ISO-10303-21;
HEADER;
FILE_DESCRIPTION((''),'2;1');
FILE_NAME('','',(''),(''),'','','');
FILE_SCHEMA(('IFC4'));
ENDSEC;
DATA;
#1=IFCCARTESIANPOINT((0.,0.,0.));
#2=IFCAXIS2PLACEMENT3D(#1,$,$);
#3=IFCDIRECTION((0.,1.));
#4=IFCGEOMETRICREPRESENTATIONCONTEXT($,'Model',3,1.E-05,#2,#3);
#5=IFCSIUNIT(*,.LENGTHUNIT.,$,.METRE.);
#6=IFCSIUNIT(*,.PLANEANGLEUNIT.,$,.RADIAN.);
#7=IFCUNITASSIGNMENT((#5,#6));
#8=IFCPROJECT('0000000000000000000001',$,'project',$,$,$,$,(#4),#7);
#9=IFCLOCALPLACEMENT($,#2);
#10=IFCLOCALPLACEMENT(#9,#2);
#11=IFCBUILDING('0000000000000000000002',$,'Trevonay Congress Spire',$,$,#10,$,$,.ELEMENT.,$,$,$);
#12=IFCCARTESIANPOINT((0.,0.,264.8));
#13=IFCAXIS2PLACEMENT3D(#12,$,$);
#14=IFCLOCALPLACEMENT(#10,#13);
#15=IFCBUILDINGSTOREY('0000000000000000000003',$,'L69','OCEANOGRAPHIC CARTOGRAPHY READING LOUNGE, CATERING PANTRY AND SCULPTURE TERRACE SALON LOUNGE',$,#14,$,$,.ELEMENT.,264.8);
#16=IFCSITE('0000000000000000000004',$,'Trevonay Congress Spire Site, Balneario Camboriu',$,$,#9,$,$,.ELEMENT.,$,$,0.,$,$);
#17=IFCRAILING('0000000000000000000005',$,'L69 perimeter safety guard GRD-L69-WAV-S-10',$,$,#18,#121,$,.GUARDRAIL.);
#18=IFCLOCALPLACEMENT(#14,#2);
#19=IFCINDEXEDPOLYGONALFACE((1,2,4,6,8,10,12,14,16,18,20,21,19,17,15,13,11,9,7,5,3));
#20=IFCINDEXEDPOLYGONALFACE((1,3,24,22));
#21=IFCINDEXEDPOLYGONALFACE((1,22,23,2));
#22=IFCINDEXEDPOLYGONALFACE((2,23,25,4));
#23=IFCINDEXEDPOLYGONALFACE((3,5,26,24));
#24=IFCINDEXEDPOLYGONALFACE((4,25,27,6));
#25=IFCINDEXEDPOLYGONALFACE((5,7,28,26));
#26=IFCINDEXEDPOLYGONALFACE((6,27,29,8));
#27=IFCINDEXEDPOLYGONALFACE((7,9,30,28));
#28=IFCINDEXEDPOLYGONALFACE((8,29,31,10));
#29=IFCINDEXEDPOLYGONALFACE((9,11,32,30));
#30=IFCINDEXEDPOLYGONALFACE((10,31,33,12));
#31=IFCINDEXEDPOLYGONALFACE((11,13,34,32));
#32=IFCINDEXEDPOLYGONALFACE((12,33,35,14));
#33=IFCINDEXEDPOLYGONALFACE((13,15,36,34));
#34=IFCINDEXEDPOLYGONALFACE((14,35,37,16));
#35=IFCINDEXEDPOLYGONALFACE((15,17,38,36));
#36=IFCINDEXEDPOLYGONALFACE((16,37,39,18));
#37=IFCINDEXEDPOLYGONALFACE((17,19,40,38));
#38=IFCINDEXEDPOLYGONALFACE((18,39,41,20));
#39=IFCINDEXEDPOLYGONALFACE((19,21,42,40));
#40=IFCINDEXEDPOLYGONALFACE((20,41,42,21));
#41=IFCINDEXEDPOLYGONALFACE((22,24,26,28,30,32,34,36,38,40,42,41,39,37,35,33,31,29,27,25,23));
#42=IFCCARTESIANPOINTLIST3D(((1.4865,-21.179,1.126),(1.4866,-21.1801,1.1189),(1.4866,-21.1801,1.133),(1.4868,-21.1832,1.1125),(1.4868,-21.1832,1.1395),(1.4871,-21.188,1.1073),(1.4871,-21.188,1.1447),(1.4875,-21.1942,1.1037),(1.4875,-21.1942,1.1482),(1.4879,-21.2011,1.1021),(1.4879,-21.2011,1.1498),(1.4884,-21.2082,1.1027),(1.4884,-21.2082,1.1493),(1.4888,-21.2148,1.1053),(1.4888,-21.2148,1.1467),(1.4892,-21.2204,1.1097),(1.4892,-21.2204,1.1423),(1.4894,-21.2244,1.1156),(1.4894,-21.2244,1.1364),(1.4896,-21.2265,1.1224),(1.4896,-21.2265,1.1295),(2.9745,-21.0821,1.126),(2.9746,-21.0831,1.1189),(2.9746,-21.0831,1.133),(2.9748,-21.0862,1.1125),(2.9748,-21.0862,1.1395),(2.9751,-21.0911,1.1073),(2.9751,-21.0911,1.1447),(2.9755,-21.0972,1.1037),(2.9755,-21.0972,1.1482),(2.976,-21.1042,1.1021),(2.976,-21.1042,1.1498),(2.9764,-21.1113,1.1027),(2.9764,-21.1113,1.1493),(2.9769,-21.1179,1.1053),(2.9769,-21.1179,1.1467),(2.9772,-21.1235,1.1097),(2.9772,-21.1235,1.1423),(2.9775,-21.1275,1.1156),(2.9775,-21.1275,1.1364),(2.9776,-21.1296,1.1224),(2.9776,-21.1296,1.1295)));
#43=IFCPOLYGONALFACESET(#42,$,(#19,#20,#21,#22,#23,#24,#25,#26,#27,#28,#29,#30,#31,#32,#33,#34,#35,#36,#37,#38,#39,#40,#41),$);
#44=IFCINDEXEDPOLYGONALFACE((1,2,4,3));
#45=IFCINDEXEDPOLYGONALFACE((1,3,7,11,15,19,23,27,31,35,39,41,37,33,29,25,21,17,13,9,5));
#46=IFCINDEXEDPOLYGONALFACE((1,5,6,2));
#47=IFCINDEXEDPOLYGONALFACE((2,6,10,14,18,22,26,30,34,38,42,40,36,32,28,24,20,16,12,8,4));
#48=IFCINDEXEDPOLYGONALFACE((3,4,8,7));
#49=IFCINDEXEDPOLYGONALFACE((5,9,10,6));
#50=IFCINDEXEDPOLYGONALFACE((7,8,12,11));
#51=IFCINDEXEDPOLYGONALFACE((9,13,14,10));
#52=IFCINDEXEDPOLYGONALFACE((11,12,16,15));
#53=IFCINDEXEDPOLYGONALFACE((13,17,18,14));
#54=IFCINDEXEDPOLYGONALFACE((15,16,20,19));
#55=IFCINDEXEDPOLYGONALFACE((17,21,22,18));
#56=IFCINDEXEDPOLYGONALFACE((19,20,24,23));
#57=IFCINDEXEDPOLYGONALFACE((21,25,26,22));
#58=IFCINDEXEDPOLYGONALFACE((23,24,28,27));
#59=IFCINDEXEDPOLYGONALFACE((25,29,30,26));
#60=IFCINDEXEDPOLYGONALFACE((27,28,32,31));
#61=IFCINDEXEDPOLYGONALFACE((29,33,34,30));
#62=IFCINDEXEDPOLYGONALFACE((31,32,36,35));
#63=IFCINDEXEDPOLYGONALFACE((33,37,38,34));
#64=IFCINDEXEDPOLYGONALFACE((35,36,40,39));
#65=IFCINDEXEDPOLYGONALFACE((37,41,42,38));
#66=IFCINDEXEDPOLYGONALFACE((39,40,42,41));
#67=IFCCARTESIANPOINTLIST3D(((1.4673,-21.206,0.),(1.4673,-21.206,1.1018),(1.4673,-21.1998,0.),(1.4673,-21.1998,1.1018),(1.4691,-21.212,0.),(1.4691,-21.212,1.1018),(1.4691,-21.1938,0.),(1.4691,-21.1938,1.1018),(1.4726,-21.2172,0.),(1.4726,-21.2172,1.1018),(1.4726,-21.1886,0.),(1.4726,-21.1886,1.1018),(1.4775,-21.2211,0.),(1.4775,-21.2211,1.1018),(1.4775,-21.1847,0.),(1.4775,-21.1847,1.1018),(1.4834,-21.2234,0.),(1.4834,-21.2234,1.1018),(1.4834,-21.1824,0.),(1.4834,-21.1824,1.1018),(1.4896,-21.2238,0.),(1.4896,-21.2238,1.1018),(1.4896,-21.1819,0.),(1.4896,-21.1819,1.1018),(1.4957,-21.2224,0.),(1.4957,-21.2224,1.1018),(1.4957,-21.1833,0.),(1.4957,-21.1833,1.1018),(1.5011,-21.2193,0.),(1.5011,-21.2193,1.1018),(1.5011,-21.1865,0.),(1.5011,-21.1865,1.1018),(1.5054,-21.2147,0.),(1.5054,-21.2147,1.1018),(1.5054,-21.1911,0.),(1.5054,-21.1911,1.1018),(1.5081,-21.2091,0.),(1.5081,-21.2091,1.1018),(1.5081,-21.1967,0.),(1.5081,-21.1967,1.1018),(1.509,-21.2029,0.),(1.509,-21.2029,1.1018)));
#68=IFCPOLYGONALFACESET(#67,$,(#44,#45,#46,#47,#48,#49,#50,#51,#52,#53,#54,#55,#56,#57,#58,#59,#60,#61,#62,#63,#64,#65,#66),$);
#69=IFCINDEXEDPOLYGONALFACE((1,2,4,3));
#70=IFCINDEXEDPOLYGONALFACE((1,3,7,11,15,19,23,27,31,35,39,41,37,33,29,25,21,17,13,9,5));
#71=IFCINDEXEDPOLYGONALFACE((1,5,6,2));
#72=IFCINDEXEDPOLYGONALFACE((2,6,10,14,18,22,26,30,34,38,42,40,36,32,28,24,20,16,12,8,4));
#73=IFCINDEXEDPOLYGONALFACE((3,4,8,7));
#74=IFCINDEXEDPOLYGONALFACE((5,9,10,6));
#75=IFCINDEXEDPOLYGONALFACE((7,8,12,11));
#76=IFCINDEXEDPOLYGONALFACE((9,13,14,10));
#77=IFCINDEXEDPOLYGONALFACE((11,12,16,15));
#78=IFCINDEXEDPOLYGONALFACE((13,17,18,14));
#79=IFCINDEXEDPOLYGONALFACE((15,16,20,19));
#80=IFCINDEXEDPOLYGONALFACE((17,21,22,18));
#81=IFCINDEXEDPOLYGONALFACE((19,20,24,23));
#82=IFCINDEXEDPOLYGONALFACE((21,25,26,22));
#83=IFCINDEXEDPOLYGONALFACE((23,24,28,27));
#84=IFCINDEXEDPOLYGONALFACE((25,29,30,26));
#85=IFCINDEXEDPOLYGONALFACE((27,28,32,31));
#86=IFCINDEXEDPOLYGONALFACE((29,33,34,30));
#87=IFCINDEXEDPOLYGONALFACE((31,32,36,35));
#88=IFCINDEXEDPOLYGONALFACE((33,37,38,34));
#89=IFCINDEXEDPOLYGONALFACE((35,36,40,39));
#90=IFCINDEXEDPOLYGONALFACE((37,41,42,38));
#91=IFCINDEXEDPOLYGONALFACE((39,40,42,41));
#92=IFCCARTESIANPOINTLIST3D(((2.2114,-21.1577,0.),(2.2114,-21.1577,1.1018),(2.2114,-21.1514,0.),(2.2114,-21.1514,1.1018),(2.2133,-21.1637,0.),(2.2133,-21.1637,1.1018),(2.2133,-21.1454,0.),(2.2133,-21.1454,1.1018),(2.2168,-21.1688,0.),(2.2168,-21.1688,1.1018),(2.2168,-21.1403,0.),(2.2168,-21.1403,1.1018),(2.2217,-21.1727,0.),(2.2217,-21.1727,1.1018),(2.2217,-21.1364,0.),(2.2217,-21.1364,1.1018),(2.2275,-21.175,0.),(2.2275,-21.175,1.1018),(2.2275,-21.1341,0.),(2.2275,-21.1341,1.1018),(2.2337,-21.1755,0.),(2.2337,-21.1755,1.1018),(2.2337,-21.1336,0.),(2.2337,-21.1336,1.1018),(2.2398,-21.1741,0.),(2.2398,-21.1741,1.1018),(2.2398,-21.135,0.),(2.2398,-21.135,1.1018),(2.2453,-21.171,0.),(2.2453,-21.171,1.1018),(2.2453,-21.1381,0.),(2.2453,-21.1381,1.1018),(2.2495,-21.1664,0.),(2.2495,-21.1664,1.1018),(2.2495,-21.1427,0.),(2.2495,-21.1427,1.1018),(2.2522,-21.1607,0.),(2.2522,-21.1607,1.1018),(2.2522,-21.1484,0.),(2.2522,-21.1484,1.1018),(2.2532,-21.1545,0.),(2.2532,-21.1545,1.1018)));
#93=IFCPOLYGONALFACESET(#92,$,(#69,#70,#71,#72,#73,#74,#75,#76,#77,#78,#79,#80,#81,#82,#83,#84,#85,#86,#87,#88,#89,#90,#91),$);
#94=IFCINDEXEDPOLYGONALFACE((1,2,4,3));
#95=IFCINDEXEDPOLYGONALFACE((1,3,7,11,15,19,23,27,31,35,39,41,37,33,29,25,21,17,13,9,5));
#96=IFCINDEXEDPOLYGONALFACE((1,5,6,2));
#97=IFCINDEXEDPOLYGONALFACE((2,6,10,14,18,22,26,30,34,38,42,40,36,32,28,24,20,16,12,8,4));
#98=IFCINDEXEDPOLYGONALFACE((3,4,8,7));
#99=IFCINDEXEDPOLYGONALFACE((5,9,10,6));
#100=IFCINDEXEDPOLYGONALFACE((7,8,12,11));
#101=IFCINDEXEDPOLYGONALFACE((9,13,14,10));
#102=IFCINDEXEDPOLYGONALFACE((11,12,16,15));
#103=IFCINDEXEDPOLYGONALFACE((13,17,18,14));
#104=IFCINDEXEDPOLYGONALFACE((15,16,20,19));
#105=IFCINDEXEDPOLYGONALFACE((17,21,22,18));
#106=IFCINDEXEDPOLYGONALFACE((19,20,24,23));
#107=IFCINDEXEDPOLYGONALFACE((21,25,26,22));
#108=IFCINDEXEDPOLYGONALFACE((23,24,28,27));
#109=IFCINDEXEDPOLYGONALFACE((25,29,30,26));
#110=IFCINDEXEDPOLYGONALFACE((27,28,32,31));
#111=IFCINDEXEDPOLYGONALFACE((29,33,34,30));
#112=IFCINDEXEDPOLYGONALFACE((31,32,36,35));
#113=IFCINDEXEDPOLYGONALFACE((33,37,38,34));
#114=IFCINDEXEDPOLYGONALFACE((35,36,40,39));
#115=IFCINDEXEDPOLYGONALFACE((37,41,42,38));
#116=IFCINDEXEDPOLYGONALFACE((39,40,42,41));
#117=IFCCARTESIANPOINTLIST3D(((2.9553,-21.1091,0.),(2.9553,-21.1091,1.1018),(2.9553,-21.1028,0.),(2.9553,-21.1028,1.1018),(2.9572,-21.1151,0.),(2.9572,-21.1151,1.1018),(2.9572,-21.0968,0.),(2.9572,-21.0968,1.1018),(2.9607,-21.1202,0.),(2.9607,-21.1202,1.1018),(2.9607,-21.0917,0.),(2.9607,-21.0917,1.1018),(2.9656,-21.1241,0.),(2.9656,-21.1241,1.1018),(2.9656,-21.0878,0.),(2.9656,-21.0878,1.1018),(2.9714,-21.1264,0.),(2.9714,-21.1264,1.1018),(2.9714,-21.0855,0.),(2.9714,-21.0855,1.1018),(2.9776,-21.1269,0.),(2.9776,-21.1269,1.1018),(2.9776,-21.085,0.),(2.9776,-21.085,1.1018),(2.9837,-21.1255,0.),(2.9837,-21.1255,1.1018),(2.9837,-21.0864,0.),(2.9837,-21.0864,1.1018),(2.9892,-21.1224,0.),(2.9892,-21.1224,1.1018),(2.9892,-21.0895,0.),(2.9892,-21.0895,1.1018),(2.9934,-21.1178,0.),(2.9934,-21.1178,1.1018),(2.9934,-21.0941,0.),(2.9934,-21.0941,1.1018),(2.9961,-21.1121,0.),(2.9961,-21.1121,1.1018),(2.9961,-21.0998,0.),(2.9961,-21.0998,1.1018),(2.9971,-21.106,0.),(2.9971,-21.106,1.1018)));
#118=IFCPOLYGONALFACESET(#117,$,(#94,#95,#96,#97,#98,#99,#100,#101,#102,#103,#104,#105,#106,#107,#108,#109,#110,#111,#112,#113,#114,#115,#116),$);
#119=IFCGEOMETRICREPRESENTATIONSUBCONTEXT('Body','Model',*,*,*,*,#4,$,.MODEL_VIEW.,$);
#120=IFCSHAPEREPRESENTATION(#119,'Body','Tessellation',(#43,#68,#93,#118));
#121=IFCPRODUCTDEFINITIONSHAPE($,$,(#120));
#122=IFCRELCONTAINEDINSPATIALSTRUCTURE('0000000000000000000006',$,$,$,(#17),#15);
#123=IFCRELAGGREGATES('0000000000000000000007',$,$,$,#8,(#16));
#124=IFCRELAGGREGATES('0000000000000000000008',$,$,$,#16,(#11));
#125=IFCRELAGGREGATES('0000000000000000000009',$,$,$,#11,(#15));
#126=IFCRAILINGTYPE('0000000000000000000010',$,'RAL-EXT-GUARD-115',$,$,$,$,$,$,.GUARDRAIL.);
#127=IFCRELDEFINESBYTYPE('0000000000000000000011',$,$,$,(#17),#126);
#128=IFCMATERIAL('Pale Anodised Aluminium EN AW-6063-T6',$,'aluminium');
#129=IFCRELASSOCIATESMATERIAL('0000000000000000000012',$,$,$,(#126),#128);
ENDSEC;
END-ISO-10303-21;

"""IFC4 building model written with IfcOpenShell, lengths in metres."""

from ifc_helpers import new_model, si_unit, direction, frame, origin, origin_2d, place, context, subcontext, project, spatial, circle, extrude, material, type_object, element, save


model = new_model("IFC4")

# Units and contexts
model_context = context("Model", 3, precision=1e-05, world=origin(), true_north=direction((0.0, 1.0)))
body_context = subcontext(model_context, "Body", "Model", "MODEL_VIEW")
ifc_project = project(units=[si_unit("LENGTHUNIT", "METRE"), si_unit("PLANEANGLEUNIT", "RADIAN")], contexts=[model_context])

# Site, building, storey
site_placement = place(None, origin())
site = spatial("IfcSite", under=ifc_project, at=site_placement, Name="Trevonay Congress Spire Site, Balneario Camboriu", CompositionType="ELEMENT", RefElevation=0.0)
building_placement = place(site_placement, origin())
building = spatial("IfcBuilding", under=site, at=building_placement, Name="Trevonay Congress Spire", CompositionType="ELEMENT")
storey_placement = place(building_placement, frame((0.0, 0.0, 264.8)))
storey = spatial("IfcBuildingStorey", under=building, at=storey_placement, Name="L69", Description="OCEANOGRAPHIC CARTOGRAPHY READING LOUNGE, CATERING PANTRY AND SCULPTURE TERRACE SALON LOUNGE", CompositionType="ELEMENT", Elevation=264.8)

# Shared definitions
ifc_material_1 = material(Name="Pale Anodised Aluminium EN AW-6063-T6", Category="aluminium")

# Railing
railing_type = type_object("IfcRailingType", Name="RAL-EXT-GUARD-115", PredefinedType="GUARDRAIL", material=ifc_material_1)
railing_1_placement = place(storey_placement, frame((1.488, -21.2029, 0.0)))
element("IfcRailing", 1, at=railing_1_placement, inside=storey, type_object=railing_type, Name="L69 perimeter safety guard GRD-L69-WAV-S-10", PredefinedType="GUARDRAIL", context=body_context, shape_type="SweptSolid", body=[
    extrude(circle(Radius=0.0239, at=origin_2d()), frame((0.0, 0.0, 1.126), z_axis=(0.997885, 0.064998, 0.0), x_axis=(-0.064998, 0.997885, 0.0)), (0.0, 0.0, 1.0), 1.4912),
    extrude(circle(Radius=0.021, at=origin_2d()), origin(), (0.0, 0.0, 1.0), 1.1018),
    extrude(circle(Radius=0.021, at=origin_2d()), frame((0.7441, 0.0483, 0.0)), (0.0, 0.0, 1.0), 1.1018),
    extrude(circle(Radius=0.021, at=origin_2d()), frame((1.488, 0.0969, 0.0)), (0.0, 0.0, 1.0), 1.1018),
])

save(model, "model.ifc")
